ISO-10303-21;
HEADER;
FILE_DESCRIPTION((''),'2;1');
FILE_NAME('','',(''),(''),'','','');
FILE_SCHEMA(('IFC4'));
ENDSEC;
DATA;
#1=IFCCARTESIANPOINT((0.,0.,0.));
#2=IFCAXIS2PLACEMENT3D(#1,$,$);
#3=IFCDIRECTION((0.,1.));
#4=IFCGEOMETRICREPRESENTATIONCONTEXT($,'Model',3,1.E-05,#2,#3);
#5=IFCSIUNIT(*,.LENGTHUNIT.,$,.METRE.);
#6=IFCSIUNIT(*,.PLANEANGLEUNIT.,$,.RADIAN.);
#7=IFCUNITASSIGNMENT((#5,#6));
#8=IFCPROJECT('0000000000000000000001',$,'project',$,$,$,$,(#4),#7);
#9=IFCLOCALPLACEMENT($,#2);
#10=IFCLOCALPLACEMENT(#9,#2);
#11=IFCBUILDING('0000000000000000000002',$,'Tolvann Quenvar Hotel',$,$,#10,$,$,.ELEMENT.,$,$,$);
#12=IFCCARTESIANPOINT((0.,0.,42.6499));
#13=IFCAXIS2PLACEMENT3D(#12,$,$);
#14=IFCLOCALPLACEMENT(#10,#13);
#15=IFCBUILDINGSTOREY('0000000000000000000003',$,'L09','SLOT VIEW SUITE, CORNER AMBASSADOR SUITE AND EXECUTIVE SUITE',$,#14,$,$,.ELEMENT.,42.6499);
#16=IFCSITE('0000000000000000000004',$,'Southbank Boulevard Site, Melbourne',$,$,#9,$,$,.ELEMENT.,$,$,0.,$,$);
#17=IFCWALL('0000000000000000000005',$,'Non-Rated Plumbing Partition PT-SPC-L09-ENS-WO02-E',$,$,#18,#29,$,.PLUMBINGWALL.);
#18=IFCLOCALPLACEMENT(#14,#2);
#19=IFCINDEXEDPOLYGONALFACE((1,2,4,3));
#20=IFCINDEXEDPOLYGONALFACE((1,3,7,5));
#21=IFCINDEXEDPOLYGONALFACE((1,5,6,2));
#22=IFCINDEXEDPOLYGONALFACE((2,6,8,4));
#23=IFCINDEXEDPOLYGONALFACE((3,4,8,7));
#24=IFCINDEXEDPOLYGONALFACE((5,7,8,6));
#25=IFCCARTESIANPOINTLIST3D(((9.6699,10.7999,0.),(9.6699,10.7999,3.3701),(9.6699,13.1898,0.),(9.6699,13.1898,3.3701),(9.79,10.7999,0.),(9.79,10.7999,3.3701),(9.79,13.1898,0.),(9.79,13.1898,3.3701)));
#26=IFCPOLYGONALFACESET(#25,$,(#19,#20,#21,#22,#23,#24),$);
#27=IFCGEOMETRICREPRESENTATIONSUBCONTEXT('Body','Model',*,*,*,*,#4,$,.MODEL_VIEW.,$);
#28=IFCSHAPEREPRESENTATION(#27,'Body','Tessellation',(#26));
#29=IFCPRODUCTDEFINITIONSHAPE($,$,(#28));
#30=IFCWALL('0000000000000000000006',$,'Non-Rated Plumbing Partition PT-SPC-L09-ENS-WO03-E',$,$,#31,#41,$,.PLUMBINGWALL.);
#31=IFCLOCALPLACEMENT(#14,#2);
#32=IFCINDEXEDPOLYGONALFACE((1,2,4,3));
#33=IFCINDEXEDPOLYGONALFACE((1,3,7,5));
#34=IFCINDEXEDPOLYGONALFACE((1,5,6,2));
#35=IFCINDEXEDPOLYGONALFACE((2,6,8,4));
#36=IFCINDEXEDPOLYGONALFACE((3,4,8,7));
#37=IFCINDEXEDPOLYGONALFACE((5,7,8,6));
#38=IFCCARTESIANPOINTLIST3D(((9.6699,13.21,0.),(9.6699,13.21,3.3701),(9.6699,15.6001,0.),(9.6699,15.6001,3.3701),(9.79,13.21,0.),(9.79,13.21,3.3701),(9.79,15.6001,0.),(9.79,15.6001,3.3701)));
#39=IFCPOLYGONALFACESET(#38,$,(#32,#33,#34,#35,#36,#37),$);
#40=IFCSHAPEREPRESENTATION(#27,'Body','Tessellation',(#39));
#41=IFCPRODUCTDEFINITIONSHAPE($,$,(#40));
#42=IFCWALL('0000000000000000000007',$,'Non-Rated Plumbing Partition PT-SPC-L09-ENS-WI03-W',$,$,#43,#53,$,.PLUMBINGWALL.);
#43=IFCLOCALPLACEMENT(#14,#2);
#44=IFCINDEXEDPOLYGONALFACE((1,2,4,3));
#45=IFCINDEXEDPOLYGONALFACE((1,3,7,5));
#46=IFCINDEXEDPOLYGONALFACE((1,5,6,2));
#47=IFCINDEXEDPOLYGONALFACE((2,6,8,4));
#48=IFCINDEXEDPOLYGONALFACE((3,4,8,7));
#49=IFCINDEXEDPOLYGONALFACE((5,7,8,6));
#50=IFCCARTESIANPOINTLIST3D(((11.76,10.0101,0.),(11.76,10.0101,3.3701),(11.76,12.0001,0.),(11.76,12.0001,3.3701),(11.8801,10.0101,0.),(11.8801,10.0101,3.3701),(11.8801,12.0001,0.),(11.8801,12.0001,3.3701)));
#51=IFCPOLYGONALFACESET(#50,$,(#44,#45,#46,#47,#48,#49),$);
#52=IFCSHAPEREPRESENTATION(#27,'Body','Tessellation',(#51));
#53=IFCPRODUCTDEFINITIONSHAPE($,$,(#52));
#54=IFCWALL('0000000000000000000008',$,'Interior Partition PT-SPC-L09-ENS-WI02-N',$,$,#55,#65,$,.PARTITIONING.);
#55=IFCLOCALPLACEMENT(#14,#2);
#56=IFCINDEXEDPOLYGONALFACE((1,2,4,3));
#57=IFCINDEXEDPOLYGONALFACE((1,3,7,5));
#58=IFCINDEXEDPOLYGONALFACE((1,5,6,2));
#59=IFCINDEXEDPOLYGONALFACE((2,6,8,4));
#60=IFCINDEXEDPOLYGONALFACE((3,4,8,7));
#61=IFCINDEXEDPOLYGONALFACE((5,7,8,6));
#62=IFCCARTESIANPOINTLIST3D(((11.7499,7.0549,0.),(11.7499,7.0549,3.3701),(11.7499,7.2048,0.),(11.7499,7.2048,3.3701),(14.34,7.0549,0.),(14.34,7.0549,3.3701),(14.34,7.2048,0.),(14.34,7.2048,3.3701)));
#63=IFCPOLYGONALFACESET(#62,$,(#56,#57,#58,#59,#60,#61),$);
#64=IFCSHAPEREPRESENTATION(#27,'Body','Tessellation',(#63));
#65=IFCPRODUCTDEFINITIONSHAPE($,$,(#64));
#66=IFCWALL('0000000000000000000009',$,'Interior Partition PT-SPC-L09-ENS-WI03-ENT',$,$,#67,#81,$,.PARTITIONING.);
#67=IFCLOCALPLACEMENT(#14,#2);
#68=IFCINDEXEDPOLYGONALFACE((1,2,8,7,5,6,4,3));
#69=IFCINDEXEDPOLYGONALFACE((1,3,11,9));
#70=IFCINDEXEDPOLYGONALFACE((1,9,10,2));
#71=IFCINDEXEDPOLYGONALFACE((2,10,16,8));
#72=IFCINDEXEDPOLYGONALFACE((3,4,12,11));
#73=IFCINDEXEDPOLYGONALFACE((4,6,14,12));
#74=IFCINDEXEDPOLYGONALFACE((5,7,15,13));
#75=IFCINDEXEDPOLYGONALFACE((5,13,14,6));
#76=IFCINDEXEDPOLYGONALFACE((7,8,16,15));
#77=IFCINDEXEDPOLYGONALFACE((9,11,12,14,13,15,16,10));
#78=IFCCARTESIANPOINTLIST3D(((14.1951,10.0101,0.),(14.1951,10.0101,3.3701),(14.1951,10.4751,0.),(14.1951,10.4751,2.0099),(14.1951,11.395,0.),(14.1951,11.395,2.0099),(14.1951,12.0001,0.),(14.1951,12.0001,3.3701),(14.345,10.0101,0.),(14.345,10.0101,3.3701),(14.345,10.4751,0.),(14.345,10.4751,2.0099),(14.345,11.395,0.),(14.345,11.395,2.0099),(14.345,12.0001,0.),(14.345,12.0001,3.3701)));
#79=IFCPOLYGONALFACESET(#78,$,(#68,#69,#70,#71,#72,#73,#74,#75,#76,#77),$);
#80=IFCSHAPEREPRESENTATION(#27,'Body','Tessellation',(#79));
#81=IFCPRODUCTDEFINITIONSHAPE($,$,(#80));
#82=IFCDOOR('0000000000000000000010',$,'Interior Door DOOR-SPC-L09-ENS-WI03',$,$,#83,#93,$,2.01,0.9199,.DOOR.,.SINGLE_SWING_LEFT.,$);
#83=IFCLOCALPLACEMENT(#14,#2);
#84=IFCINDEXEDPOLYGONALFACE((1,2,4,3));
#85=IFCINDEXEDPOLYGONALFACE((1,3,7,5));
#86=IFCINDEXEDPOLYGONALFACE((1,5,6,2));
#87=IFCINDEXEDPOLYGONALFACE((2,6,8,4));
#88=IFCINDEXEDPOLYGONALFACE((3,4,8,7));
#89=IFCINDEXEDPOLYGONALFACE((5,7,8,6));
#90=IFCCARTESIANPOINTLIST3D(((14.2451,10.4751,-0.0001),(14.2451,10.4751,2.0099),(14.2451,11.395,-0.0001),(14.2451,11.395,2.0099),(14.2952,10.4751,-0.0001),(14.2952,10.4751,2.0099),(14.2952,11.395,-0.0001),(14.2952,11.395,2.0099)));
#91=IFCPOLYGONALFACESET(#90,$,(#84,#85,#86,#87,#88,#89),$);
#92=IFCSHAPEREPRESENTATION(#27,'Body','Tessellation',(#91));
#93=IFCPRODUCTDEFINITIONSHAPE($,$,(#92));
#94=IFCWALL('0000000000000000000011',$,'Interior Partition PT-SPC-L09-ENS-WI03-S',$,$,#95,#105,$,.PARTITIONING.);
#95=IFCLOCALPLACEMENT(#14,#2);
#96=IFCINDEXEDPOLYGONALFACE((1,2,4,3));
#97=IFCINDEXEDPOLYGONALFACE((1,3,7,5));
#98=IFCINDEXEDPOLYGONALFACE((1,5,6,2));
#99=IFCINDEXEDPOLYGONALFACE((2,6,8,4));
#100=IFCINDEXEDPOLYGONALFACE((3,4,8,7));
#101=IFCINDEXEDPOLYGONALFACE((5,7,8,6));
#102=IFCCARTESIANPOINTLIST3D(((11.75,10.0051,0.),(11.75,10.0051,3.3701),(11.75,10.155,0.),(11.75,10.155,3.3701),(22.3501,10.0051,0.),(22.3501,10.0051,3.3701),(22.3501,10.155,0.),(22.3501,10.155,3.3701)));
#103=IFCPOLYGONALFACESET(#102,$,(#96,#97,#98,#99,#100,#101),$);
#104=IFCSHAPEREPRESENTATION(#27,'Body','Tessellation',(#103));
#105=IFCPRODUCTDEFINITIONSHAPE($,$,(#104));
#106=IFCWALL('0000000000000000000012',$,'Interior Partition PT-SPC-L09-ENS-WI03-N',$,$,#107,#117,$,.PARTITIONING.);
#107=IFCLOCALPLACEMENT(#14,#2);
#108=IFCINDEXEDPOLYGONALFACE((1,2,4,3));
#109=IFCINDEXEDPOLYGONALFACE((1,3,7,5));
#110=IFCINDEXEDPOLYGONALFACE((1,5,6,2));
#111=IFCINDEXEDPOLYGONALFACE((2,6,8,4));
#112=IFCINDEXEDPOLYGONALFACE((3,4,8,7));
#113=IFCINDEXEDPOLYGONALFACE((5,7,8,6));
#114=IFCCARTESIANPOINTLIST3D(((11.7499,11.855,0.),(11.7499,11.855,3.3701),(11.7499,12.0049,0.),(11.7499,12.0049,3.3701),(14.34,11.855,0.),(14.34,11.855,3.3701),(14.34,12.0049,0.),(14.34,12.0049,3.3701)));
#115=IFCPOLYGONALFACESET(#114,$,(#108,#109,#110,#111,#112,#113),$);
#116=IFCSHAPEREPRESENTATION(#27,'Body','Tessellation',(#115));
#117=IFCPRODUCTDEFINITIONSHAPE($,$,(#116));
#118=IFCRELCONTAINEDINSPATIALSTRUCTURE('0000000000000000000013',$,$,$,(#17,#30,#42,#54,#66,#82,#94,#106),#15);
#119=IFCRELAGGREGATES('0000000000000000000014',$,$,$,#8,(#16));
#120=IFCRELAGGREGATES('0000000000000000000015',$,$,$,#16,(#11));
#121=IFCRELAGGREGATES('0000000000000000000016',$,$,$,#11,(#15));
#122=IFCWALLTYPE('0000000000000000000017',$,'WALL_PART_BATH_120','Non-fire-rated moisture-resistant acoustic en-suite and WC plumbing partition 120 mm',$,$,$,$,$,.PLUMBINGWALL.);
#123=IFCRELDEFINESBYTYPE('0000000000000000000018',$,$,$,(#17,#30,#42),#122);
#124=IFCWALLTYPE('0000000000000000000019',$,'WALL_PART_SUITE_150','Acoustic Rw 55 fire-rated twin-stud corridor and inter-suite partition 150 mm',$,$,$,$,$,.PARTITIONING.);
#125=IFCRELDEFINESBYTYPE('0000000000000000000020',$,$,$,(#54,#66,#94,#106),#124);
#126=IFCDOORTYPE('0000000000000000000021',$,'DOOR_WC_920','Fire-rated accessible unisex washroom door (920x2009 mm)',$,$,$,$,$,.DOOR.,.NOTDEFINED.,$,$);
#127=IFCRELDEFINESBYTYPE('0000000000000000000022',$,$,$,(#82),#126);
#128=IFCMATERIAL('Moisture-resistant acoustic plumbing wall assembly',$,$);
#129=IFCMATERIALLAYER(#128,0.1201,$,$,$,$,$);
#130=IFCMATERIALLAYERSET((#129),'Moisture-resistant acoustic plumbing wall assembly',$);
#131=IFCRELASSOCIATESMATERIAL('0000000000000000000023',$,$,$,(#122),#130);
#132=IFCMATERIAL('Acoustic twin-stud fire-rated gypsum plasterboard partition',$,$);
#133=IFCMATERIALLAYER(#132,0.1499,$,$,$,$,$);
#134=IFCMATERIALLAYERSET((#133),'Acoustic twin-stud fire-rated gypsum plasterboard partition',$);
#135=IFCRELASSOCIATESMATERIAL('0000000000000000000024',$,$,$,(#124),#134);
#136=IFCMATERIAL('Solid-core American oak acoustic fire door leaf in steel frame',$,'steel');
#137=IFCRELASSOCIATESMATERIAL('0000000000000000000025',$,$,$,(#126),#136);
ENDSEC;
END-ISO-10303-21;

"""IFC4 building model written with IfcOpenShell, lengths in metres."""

from ifc_helpers import new_model, si_unit, direction, frame, frame_2d, origin, place, context, subcontext, project, spatial, rectangle, extrude, source, transform, mapped, material, layer, layer_set, type_object, type_shapes, element, fill, save


model = new_model("IFC4")

# Units and contexts
model_context = context("Model", 3, precision=1e-05, world=origin(), true_north=direction((0.0, 1.0)))
body_context = subcontext(model_context, "Body", "Model", "MODEL_VIEW")
ifc_project = project(units=[si_unit("LENGTHUNIT", "METRE"), si_unit("PLANEANGLEUNIT", "RADIAN")], contexts=[model_context])

# Site, building, storey
site_placement = place(None, origin())
site = spatial("IfcSite", under=ifc_project, at=site_placement, Name="Southbank Boulevard Site, Melbourne", CompositionType="ELEMENT", RefElevation=0.0)
building_placement = place(site_placement, origin())
building = spatial("IfcBuilding", under=site, at=building_placement, Name="Tolvann Quenvar Hotel", CompositionType="ELEMENT")
storey_placement = place(building_placement, frame((0.0, 0.0, 42.6499)))
storey = spatial("IfcBuildingStorey", under=building, at=storey_placement, Name="L09", Description="SLOT VIEW SUITE, CORNER AMBASSADOR SUITE AND EXECUTIVE SUITE", CompositionType="ELEMENT", Elevation=42.6499)

# Walls
ifc_material_1 = material(Name="Moisture-resistant acoustic plumbing wall assembly")
ifc_layer_1 = layer(ifc_material_1, 0.1201)
ifc_layer_set_1 = layer_set([ifc_layer_1], Name="Moisture-resistant acoustic plumbing wall assembly")
wall_type_1 = type_object("IfcWallType", Name="WALL_PART_BATH_120", Description="Non-fire-rated moisture-resistant acoustic en-suite and WC plumbing partition 120 mm", PredefinedType="PLUMBINGWALL", material=ifc_layer_set_1)
wall_1_placement = place(storey_placement, frame((9.73, 10.8, 0.0), z_axis=(0.0, 0.0, 1.0), x_axis=(0.0, 1.0, 0.0)))
element("IfcWall", 1, at=wall_1_placement, inside=storey, type_object=wall_type_1, Name="Non-Rated Plumbing Partition PT-SPC-L09-ENS-WO02-E", PredefinedType="PLUMBINGWALL", context=body_context, shape_type="SweptSolid", body=[
    extrude(rectangle(XDim=2.3899, YDim=0.1201, at=frame_2d((1.1948, 0.0))), origin(), (0.0, 0.0, 1.0), 3.3701),
])
wall_2_placement = place(storey_placement, frame((9.73, 13.21, 0.0), z_axis=(0.0, 0.0, 1.0), x_axis=(0.0, 1.0, 0.0)))
element("IfcWall", 2, at=wall_2_placement, inside=storey, type_object=wall_type_1, Name="Non-Rated Plumbing Partition PT-SPC-L09-ENS-WO03-E", PredefinedType="PLUMBINGWALL", context=body_context, shape_type="SweptSolid", body=[
    extrude(rectangle(XDim=2.3901, YDim=0.1201, at=frame_2d((1.1951, 0.0))), origin(), (0.0, 0.0, 1.0), 3.3701),
])
wall_3_placement = place(storey_placement, frame((11.8201, 10.01, 0.0), z_axis=(0.0, 0.0, 1.0), x_axis=(0.0, 1.0, 0.0)))
element("IfcWall", 3, at=wall_3_placement, inside=storey, type_object=wall_type_1, Name="Non-Rated Plumbing Partition PT-SPC-L09-ENS-WI03-W", PredefinedType="PLUMBINGWALL", context=body_context, shape_type="SweptSolid", body=[
    extrude(rectangle(XDim=1.99, YDim=0.1201, at=frame_2d((0.9951, 0.0))), origin(), (0.0, 0.0, 1.0), 3.3701),
])
ifc_material_2 = material(Name="Acoustic twin-stud fire-rated gypsum plasterboard partition")
ifc_layer_2 = layer(ifc_material_2, 0.1499)
ifc_layer_set_2 = layer_set([ifc_layer_2], Name="Acoustic twin-stud fire-rated gypsum plasterboard partition")
wall_type_2 = type_object("IfcWallType", Name="WALL_PART_SUITE_150", Description="Acoustic Rw 55 fire-rated twin-stud corridor and inter-suite partition 150 mm", PredefinedType="PARTITIONING", material=ifc_layer_set_2)
wall_4_placement = place(storey_placement, frame((11.75, 7.1299, 0.0), z_axis=(0.0, 0.0, 1.0), x_axis=(1.0, 0.0, 0.0)))
element("IfcWall", 4, at=wall_4_placement, inside=storey, type_object=wall_type_2, Name="Interior Partition PT-SPC-L09-ENS-WI02-N", PredefinedType="PARTITIONING", context=body_context, shape_type="SweptSolid", body=[
    extrude(rectangle(XDim=2.5901, YDim=0.1499, at=frame_2d((1.2949, 0.0))), origin(), (0.0, 0.0, 1.0), 3.3701),
])

# Wall, opening, door
wall_5_placement = place(storey_placement, frame((14.27, 10.01, 0.0), z_axis=(0.0, 0.0, 1.0), x_axis=(0.0, 1.0, 0.0)))
wall_5 = element("IfcWall", 5, at=wall_5_placement, inside=storey, type_object=wall_type_2, Name="Interior Partition PT-SPC-L09-ENS-WI03-ENT", PredefinedType="PARTITIONING", context=body_context, shape_type="SweptSolid", body=[
    extrude(rectangle(XDim=1.99, YDim=0.1499, at=frame_2d((0.9951, 0.0))), origin(), (0.0, 0.0, 1.0), 3.3701),
])
opening_1_placement = place(wall_5_placement, frame((0.4651, 0.0, 0.0)))
opening_1 = element("IfcOpeningElement", 6, at=opening_1_placement, cuts=wall_5, PredefinedType="OPENING", context=body_context, shape_type="SweptSolid", body=[
    extrude(rectangle(XDim=0.9199, YDim=2.01, at=frame_2d((0.46, 1.0049))), frame((0.0, 0.085, 0.0), z_axis=(0.0, -1.0, 0.0), x_axis=(1.0, 0.0, 0.0)), (0.0, 0.0, 1.0), 0.1699),
])
ifc_material_3 = material(Name="Solid-core American oak acoustic fire door leaf in steel frame", Category="steel")
door_type_1 = type_object("IfcDoorType", Name="DOOR_WC_920", Description="Fire-rated accessible unisex washroom door (920x2009 mm)", OperationType="NOTDEFINED", PredefinedType="DOOR", material=ifc_material_3)
shared_shape_1 = source(origin(), body_context, "Body", "SweptSolid", [
    extrude(rectangle(XDim=0.9199, YDim=2.01, at=frame_2d((0.46, 1.0049))), frame((0.0, 0.0249, 0.0), z_axis=(0.0, -1.0, 0.0), x_axis=(1.0, 0.0, 0.0)), (0.0, 0.0, 1.0), 0.05),
])
type_shapes(door_type_1, [shared_shape_1])
door_1_placement = place(opening_1_placement, origin())
door_1 = element("IfcDoor", 7, at=door_1_placement, inside=storey, type_object=door_type_1, Name="Interior Door DOOR-SPC-L09-ENS-WI03", OperationType="SINGLE_SWING_LEFT", OverallHeight=2.01, OverallWidth=0.9199, PredefinedType="DOOR", context=body_context, shape_type="MappedRepresentation", body=[
    mapped(shared_shape_1, transform((0.0, 0.0, 0.0), x_axis=(1.0, 0.0, 0.0), y_axis=(0.0, 1.0, 0.0), z_axis=(0.0, 0.0, 1.0), scale=1.0)),
])
fill(opening_1, door_1)

# Walls
wall_6_placement = place(storey_placement, frame((11.75, 10.0801, 0.0), z_axis=(0.0, 0.0, 1.0), x_axis=(1.0, 0.0, 0.0)))
element("IfcWall", 8, at=wall_6_placement, inside=storey, type_object=wall_type_2, Name="Interior Partition PT-SPC-L09-ENS-WI03-S", PredefinedType="PARTITIONING", context=body_context, shape_type="SweptSolid", body=[
    extrude(rectangle(XDim=10.6001, YDim=0.1499, at=frame_2d((5.3, 0.0))), origin(), (0.0, 0.0, 1.0), 3.3701),
])
wall_7_placement = place(storey_placement, frame((11.75, 11.9299, 0.0), z_axis=(0.0, 0.0, 1.0), x_axis=(1.0, 0.0, 0.0)))
element("IfcWall", 9, at=wall_7_placement, inside=storey, type_object=wall_type_2, Name="Interior Partition PT-SPC-L09-ENS-WI03-N", PredefinedType="PARTITIONING", context=body_context, shape_type="SweptSolid", body=[
    extrude(rectangle(XDim=2.5901, YDim=0.1499, at=frame_2d((1.2949, 0.0))), origin(), (0.0, 0.0, 1.0), 3.3701),
])

save(model, "model.ifc")
